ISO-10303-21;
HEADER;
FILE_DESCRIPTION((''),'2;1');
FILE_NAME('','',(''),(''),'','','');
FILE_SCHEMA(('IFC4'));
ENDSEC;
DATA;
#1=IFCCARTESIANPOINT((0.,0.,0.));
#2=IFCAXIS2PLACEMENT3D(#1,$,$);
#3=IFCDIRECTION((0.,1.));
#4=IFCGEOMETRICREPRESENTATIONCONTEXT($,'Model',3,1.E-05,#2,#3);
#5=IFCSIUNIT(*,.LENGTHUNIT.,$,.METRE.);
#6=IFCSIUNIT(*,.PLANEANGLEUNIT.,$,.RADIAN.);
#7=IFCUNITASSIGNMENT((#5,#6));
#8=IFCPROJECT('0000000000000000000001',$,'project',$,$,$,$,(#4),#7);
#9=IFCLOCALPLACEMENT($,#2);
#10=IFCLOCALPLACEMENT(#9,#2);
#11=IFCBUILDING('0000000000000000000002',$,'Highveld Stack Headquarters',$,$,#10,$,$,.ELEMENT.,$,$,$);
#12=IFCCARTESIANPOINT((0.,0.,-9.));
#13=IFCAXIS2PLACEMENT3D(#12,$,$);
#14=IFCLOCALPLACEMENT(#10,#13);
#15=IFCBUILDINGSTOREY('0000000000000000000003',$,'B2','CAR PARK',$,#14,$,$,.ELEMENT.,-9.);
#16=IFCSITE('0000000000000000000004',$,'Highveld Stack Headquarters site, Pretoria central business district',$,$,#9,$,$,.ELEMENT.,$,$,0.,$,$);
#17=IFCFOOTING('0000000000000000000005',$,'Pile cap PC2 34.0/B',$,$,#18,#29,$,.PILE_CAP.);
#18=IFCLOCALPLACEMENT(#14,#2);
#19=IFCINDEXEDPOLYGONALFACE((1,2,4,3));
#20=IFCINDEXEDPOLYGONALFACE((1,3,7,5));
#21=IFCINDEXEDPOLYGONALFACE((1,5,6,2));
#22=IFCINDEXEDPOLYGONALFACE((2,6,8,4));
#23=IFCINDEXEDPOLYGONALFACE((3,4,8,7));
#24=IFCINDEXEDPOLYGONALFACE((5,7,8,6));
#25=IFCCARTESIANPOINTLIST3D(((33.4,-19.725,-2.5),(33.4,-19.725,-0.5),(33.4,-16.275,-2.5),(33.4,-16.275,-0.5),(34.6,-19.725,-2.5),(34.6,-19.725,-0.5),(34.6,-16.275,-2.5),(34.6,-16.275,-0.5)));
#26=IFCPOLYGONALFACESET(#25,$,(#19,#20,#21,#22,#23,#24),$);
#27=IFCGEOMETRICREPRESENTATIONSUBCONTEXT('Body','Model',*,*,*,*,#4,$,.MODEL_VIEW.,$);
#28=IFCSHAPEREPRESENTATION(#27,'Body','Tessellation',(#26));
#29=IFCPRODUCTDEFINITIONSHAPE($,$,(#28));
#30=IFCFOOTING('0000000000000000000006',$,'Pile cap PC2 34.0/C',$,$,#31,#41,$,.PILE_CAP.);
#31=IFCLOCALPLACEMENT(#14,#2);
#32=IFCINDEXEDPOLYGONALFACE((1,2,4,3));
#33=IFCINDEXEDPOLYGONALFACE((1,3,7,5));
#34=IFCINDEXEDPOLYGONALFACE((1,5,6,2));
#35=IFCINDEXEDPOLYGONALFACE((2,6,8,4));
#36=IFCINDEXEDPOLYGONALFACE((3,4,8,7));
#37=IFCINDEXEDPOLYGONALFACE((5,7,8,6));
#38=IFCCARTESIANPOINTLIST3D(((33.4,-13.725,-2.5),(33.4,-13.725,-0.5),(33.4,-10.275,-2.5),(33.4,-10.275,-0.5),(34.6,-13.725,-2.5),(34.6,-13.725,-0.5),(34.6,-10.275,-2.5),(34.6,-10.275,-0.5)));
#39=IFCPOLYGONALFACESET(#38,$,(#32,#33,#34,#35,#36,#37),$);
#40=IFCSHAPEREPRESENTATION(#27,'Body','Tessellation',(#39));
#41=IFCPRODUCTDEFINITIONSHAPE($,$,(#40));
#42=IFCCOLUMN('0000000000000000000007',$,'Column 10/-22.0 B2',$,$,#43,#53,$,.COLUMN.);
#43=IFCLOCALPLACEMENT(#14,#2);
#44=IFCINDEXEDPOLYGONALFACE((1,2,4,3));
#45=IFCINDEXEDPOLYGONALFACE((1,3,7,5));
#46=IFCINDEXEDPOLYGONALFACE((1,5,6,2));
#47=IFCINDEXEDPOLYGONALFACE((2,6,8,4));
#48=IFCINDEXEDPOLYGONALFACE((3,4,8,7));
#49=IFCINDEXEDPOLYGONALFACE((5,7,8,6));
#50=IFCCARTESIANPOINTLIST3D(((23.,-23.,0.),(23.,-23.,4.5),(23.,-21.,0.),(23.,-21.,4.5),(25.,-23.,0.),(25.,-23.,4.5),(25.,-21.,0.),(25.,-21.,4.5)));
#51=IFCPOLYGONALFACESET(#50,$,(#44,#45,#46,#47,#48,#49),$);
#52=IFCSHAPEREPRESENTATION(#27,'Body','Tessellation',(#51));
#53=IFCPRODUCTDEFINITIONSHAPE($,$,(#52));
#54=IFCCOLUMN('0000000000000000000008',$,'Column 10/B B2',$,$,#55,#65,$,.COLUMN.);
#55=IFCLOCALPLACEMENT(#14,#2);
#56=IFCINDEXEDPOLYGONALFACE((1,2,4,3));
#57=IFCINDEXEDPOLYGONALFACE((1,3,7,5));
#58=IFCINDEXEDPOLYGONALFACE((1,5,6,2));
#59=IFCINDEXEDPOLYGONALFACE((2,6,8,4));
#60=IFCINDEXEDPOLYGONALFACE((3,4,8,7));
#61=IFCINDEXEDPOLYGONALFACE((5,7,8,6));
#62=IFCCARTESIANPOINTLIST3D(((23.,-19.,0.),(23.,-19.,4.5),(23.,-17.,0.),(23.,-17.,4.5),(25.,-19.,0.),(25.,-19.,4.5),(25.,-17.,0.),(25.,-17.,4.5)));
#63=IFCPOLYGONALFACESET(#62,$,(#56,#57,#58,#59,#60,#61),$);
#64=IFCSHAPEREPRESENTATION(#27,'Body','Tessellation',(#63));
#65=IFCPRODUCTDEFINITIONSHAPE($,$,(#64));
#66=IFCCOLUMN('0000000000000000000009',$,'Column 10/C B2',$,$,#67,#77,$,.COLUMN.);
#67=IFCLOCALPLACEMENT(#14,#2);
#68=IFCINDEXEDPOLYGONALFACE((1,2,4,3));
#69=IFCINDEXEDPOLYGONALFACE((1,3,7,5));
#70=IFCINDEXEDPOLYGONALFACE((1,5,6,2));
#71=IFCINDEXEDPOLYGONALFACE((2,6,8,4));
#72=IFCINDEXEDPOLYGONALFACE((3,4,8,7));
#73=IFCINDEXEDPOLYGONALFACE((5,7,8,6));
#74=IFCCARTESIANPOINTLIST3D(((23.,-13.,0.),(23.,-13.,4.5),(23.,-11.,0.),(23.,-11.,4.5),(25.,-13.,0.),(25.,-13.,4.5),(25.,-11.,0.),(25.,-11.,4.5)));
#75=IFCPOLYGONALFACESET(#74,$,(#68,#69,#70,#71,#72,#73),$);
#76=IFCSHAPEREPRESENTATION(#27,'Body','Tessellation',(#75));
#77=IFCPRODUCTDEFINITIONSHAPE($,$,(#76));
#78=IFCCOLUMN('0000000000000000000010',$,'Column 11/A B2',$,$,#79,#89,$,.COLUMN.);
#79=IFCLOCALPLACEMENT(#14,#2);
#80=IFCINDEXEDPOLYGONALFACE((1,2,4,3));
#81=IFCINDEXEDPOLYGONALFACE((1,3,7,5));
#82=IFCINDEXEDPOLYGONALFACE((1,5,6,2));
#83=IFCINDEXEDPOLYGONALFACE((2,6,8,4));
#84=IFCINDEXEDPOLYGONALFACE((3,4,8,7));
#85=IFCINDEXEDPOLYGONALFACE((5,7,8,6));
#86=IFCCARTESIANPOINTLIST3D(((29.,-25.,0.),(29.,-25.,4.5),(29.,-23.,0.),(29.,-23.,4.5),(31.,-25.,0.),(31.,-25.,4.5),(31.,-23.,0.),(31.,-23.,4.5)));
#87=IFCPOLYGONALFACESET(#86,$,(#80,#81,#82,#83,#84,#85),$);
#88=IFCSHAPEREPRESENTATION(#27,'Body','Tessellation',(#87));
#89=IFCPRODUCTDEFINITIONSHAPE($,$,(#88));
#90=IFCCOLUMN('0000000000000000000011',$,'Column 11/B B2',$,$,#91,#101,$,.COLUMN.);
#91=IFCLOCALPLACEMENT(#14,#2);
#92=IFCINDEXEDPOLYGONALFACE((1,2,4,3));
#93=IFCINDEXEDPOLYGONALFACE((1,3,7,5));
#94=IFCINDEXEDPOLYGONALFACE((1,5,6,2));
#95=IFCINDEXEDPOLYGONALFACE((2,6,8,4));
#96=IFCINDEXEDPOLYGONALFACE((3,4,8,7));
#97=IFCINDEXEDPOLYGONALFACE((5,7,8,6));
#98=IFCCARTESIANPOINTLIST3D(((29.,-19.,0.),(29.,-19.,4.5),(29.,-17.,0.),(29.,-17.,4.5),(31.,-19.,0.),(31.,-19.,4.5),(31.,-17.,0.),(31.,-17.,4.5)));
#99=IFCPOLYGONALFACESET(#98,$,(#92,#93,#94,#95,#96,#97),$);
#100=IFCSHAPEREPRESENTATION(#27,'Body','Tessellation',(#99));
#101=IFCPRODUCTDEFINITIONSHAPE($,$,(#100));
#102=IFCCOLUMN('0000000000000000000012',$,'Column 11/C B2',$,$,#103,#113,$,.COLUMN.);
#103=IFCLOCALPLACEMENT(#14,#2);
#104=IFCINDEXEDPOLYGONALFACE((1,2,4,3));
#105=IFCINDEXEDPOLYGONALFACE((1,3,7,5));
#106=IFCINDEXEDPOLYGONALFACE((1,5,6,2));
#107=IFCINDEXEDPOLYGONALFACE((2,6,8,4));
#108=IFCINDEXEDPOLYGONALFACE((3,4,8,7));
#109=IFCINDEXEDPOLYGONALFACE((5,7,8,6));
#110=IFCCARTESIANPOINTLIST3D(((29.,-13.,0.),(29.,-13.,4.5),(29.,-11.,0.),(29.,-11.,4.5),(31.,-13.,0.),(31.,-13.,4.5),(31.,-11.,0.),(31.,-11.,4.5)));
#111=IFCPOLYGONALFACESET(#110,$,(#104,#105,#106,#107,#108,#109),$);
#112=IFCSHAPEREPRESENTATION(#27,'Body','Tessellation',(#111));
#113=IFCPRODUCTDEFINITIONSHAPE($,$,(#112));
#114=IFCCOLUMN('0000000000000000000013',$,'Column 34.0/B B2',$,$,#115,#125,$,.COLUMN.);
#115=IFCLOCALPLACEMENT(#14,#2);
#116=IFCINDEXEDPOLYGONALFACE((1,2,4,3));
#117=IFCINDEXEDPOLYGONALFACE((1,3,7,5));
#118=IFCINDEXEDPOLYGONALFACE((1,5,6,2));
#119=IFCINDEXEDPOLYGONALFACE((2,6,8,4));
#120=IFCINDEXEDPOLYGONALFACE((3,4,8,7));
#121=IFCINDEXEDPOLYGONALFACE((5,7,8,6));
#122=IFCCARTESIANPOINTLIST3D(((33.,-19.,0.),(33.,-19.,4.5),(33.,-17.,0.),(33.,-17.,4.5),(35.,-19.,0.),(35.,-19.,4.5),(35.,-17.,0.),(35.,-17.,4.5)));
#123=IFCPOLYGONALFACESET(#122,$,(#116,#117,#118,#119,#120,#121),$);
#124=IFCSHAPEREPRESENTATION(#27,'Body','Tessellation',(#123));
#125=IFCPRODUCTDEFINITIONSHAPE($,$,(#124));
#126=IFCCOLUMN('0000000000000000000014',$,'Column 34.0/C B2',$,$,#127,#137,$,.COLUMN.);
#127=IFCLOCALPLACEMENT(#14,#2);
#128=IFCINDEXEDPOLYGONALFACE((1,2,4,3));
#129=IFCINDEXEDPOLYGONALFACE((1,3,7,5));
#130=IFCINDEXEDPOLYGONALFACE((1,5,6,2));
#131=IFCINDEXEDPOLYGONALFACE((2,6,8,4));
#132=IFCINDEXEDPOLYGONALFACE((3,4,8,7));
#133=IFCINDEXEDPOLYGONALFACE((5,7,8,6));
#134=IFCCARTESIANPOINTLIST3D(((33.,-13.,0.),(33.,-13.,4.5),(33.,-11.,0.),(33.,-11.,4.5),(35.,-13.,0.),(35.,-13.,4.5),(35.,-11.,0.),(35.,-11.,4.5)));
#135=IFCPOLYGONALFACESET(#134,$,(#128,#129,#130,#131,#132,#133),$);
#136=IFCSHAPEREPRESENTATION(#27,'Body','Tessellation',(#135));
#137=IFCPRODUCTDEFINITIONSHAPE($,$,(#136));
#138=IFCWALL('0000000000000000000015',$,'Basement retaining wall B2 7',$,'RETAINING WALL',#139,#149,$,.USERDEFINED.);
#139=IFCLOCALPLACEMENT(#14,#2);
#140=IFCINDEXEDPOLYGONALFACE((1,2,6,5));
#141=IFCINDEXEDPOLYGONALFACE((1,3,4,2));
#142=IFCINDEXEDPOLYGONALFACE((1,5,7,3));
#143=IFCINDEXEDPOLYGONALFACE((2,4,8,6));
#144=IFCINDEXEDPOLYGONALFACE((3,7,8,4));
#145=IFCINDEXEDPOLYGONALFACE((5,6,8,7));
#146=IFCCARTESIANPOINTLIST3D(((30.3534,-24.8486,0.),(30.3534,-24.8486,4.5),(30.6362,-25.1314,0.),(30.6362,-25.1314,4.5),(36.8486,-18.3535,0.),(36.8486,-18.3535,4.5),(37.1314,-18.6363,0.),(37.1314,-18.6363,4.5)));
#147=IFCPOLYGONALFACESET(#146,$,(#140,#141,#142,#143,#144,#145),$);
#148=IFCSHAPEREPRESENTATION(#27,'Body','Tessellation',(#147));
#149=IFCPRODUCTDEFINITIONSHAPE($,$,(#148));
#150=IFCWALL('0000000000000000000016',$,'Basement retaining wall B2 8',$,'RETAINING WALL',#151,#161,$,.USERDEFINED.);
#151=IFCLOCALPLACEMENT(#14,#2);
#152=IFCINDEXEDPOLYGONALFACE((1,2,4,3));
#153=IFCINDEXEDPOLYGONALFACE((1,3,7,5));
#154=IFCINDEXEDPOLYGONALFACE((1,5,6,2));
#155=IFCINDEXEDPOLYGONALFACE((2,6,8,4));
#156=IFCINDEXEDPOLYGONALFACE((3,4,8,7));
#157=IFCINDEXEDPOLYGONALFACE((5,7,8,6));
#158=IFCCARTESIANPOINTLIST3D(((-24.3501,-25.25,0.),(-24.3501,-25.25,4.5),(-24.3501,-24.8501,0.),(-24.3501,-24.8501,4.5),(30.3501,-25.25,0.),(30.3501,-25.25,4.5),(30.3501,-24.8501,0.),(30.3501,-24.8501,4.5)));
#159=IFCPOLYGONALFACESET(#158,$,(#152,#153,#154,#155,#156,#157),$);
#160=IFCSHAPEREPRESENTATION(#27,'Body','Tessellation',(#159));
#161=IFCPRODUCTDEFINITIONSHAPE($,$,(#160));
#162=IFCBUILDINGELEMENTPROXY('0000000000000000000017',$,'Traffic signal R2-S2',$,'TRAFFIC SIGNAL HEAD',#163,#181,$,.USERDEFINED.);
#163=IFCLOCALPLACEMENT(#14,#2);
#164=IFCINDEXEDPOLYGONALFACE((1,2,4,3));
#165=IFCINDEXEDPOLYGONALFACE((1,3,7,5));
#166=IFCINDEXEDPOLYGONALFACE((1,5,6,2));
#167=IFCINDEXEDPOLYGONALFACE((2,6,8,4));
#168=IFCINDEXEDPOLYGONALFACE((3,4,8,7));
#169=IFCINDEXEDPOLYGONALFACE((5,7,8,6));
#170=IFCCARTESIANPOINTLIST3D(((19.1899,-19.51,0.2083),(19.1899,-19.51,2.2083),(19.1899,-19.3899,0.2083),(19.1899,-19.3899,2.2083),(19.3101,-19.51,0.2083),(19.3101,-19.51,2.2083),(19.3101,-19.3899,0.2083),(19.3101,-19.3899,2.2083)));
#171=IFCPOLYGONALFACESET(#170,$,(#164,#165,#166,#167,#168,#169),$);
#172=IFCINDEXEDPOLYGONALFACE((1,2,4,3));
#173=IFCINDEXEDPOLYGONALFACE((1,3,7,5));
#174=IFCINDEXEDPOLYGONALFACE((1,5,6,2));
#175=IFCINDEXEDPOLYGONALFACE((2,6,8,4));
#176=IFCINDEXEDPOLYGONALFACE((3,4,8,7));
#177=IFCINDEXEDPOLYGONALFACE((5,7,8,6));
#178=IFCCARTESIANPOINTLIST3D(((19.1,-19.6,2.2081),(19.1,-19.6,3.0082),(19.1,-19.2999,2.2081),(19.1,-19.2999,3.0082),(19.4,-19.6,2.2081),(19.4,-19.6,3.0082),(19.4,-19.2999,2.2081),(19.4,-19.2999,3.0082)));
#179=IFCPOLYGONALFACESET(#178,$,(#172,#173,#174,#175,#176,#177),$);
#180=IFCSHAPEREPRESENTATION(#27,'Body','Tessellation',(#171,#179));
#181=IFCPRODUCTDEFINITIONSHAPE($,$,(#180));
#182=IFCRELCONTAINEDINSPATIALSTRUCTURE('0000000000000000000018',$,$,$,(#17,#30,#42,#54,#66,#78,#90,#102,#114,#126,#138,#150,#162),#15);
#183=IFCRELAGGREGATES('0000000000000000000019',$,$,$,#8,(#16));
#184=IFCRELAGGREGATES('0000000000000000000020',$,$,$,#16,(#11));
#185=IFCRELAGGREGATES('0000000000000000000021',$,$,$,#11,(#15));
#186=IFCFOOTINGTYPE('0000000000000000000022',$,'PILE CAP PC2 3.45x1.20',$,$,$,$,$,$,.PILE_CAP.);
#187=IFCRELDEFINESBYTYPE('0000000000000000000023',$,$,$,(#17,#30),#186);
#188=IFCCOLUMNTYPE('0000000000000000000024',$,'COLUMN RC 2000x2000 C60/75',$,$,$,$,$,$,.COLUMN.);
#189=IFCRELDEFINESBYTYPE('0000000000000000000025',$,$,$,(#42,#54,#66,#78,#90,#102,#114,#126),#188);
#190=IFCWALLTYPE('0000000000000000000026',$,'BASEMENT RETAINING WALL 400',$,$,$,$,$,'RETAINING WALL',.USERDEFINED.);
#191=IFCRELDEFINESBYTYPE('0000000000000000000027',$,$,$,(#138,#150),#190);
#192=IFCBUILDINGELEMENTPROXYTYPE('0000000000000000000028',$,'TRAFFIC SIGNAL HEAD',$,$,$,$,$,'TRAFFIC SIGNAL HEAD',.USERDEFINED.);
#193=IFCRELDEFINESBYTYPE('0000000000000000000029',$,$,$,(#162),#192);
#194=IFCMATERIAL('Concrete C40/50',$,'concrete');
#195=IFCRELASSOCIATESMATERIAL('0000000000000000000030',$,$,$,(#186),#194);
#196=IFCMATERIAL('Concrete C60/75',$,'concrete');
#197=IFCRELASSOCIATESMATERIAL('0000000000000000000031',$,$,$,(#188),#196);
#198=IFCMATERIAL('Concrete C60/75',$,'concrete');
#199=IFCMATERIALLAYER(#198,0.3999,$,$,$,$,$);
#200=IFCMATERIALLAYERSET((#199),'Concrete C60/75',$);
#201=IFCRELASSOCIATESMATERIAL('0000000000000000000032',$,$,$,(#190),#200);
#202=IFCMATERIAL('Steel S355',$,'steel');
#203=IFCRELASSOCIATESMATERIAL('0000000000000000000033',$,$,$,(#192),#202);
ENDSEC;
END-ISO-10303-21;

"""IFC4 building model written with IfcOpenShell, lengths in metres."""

from ifc_helpers import new_model, si_unit, direction, frame, frame_2d, origin, origin_2d, place, context, subcontext, project, spatial, rectangle, extrude, material, layer, layer_set, material_profile, profile_set, type_object, element, save


model = new_model("IFC4")

# Units and contexts
model_context = context("Model", 3, precision=1e-05, world=origin(), true_north=direction((0.0, 1.0)))
body_context = subcontext(model_context, "Body", "Model", "MODEL_VIEW")
ifc_project = project(units=[si_unit("LENGTHUNIT", "METRE"), si_unit("PLANEANGLEUNIT", "RADIAN")], contexts=[model_context])

# Site, building, storey
site_placement = place(None, origin())
site = spatial("IfcSite", under=ifc_project, at=site_placement, Name="Highveld Stack Headquarters site, Pretoria central business district", CompositionType="ELEMENT", RefElevation=0.0)
building_placement = place(site_placement, origin())
building = spatial("IfcBuilding", under=site, at=building_placement, Name="Highveld Stack Headquarters", CompositionType="ELEMENT")
storey_placement = place(building_placement, frame((0.0, 0.0, -9.0)))
storey = spatial("IfcBuildingStorey", under=building, at=storey_placement, Name="B2", Description="CAR PARK", CompositionType="ELEMENT", Elevation=-9.0)

# Footings
ifc_material_1 = material(Name="Concrete C40/50", Category="concrete")
footing_type_1 = type_object("IfcFootingType", Name="PILE CAP PC2 3.45x1.20", PredefinedType="PILE_CAP", material=ifc_material_1)
for number, where, z_axis, x_axis, name in (
    (1, (34.0, -18.0, -2.5), (0.0, 0.0, 1.0), (0.0, 1.0, 0.0), "Pile cap PC2 34.0/B"),
    (2, (34.0, -12.0, -2.5), (0.0, 0.0, 1.0), (0.0, 1.0, 0.0), "Pile cap PC2 34.0/C"),
):
    element("IfcFooting", number, at=place(storey_placement, frame(where, z_axis=z_axis, x_axis=x_axis)), inside=storey, type_object=footing_type_1, Name=name, PredefinedType="PILE_CAP", context=body_context, shape_type="SweptSolid", body=[
        extrude(rectangle(XDim=3.45, YDim=1.2, at=origin_2d()), origin(), (0.0, 0.0, 1.0), 2.0),
    ])

# Columns
ifc_material_2 = material(Name="Concrete C60/75", Category="concrete")
ifc_material_profile = material_profile(ifc_material_2, rectangle(XDim=2.0, YDim=2.0, at=origin_2d()), Name="RC 2000x2000")
ifc_profile_set = profile_set([ifc_material_profile], Name="Concrete C60/75")
column_type = type_object("IfcColumnType", Name="COLUMN RC 2000x2000 C60/75", PredefinedType="COLUMN", material=ifc_profile_set)
for number, where, z_axis, x_axis, name in (
    (3, (24.0, -22.0, 0.0), (0.0, 0.0, 1.0), (1.0, 0.0, 0.0), "Column 10/-22.0 B2"),
    (4, (24.0, -18.0, 0.0), (0.0, 0.0, 1.0), (1.0, 0.0, 0.0), "Column 10/B B2"),
    (5, (24.0, -12.0, 0.0), (0.0, 0.0, 1.0), (1.0, 0.0, 0.0), "Column 10/C B2"),
    (6, (30.0, -24.0, 0.0), (0.0, 0.0, 1.0), (1.0, 0.0, 0.0), "Column 11/A B2"),
    (7, (30.0, -18.0, 0.0), (0.0, 0.0, 1.0), (1.0, 0.0, 0.0), "Column 11/B B2"),
    (8, (30.0, -12.0, 0.0), (0.0, 0.0, 1.0), (1.0, 0.0, 0.0), "Column 11/C B2"),
    (9, (34.0, -18.0, 0.0), (0.0, 0.0, 1.0), (1.0, 0.0, 0.0), "Column 34.0/B B2"),
    (10, (34.0, -12.0, 0.0), (0.0, 0.0, 1.0), (1.0, 0.0, 0.0), "Column 34.0/C B2"),
):
    element("IfcColumn", number, at=place(storey_placement, frame(where, z_axis=z_axis, x_axis=x_axis)), inside=storey, type_object=column_type, Name=name, PredefinedType="COLUMN", context=body_context, shape_type="SweptSolid", body=[
        extrude(rectangle(XDim=2.0, YDim=2.0, at=origin_2d()), origin(), (0.0, 0.0, 1.0), 4.5),
    ])

# Walls
ifc_material_3 = material(Name="Concrete C60/75", Category="concrete")
ifc_layer = layer(ifc_material_3, 0.3999)
ifc_layer_set = layer_set([ifc_layer], Name="Concrete C60/75")
wall_type = type_object("IfcWallType", Name="BASEMENT RETAINING WALL 400", ElementType="RETAINING WALL", PredefinedType="USERDEFINED", material=ifc_layer_set)
wall_1_placement = place(storey_placement, frame((36.99, -18.4949, 0.0), z_axis=(0.0, 0.0, 1.0), x_axis=(-0.707107, -0.707107, 0.0)))
element("IfcWall", 11, at=wall_1_placement, inside=storey, type_object=wall_type, Name="Basement retaining wall B2 7", ObjectType="RETAINING WALL", PredefinedType="USERDEFINED", context=body_context, shape_type="SweptSolid", body=[
    extrude(rectangle(XDim=9.1855, YDim=0.3999, at=frame_2d((4.5928, 0.0))), origin(), (0.0, 0.0, 1.0), 4.5),
])
wall_2_placement = place(storey_placement, frame((30.3501, -25.05, 0.0), z_axis=(0.0, 0.0, 1.0), x_axis=(-1.0, 0.0, 0.0)))
element("IfcWall", 12, at=wall_2_placement, inside=storey, type_object=wall_type, Name="Basement retaining wall B2 8", ObjectType="RETAINING WALL", PredefinedType="USERDEFINED", context=body_context, shape_type="SweptSolid", body=[
    extrude(rectangle(XDim=54.7002, YDim=0.3999, at=frame_2d((27.3501, 0.0))), origin(), (0.0, 0.0, 1.0), 4.5),
])

# Building element proxy
ifc_material_4 = material(Name="Steel S355", Category="steel")
building_element_proxy_type = type_object("IfcBuildingElementProxyType", Name="TRAFFIC SIGNAL HEAD", ElementType="TRAFFIC SIGNAL HEAD", PredefinedType="USERDEFINED", material=ifc_material_4)
proxy_placement = place(storey_placement, frame((19.25, -19.45, 0.2083), z_axis=(0.0, 0.0, 1.0), x_axis=(1.0, 0.0, 0.0)))
element("IfcBuildingElementProxy", 13, at=proxy_placement, inside=storey, type_object=building_element_proxy_type, Name="Traffic signal R2-S2", ObjectType="TRAFFIC SIGNAL HEAD", PredefinedType="USERDEFINED", context=body_context, shape_type="SweptSolid", body=[
    extrude(rectangle(XDim=0.1201, YDim=0.1201, at=origin_2d()), origin(), (0.0, 0.0, 1.0), 2.0),
    extrude(rectangle(XDim=0.3, YDim=0.3, at=origin_2d()), frame((0.0, 0.0, 1.9999)), (0.0, 0.0, 1.0), 0.8),
])

save(model, "model.ifc")
